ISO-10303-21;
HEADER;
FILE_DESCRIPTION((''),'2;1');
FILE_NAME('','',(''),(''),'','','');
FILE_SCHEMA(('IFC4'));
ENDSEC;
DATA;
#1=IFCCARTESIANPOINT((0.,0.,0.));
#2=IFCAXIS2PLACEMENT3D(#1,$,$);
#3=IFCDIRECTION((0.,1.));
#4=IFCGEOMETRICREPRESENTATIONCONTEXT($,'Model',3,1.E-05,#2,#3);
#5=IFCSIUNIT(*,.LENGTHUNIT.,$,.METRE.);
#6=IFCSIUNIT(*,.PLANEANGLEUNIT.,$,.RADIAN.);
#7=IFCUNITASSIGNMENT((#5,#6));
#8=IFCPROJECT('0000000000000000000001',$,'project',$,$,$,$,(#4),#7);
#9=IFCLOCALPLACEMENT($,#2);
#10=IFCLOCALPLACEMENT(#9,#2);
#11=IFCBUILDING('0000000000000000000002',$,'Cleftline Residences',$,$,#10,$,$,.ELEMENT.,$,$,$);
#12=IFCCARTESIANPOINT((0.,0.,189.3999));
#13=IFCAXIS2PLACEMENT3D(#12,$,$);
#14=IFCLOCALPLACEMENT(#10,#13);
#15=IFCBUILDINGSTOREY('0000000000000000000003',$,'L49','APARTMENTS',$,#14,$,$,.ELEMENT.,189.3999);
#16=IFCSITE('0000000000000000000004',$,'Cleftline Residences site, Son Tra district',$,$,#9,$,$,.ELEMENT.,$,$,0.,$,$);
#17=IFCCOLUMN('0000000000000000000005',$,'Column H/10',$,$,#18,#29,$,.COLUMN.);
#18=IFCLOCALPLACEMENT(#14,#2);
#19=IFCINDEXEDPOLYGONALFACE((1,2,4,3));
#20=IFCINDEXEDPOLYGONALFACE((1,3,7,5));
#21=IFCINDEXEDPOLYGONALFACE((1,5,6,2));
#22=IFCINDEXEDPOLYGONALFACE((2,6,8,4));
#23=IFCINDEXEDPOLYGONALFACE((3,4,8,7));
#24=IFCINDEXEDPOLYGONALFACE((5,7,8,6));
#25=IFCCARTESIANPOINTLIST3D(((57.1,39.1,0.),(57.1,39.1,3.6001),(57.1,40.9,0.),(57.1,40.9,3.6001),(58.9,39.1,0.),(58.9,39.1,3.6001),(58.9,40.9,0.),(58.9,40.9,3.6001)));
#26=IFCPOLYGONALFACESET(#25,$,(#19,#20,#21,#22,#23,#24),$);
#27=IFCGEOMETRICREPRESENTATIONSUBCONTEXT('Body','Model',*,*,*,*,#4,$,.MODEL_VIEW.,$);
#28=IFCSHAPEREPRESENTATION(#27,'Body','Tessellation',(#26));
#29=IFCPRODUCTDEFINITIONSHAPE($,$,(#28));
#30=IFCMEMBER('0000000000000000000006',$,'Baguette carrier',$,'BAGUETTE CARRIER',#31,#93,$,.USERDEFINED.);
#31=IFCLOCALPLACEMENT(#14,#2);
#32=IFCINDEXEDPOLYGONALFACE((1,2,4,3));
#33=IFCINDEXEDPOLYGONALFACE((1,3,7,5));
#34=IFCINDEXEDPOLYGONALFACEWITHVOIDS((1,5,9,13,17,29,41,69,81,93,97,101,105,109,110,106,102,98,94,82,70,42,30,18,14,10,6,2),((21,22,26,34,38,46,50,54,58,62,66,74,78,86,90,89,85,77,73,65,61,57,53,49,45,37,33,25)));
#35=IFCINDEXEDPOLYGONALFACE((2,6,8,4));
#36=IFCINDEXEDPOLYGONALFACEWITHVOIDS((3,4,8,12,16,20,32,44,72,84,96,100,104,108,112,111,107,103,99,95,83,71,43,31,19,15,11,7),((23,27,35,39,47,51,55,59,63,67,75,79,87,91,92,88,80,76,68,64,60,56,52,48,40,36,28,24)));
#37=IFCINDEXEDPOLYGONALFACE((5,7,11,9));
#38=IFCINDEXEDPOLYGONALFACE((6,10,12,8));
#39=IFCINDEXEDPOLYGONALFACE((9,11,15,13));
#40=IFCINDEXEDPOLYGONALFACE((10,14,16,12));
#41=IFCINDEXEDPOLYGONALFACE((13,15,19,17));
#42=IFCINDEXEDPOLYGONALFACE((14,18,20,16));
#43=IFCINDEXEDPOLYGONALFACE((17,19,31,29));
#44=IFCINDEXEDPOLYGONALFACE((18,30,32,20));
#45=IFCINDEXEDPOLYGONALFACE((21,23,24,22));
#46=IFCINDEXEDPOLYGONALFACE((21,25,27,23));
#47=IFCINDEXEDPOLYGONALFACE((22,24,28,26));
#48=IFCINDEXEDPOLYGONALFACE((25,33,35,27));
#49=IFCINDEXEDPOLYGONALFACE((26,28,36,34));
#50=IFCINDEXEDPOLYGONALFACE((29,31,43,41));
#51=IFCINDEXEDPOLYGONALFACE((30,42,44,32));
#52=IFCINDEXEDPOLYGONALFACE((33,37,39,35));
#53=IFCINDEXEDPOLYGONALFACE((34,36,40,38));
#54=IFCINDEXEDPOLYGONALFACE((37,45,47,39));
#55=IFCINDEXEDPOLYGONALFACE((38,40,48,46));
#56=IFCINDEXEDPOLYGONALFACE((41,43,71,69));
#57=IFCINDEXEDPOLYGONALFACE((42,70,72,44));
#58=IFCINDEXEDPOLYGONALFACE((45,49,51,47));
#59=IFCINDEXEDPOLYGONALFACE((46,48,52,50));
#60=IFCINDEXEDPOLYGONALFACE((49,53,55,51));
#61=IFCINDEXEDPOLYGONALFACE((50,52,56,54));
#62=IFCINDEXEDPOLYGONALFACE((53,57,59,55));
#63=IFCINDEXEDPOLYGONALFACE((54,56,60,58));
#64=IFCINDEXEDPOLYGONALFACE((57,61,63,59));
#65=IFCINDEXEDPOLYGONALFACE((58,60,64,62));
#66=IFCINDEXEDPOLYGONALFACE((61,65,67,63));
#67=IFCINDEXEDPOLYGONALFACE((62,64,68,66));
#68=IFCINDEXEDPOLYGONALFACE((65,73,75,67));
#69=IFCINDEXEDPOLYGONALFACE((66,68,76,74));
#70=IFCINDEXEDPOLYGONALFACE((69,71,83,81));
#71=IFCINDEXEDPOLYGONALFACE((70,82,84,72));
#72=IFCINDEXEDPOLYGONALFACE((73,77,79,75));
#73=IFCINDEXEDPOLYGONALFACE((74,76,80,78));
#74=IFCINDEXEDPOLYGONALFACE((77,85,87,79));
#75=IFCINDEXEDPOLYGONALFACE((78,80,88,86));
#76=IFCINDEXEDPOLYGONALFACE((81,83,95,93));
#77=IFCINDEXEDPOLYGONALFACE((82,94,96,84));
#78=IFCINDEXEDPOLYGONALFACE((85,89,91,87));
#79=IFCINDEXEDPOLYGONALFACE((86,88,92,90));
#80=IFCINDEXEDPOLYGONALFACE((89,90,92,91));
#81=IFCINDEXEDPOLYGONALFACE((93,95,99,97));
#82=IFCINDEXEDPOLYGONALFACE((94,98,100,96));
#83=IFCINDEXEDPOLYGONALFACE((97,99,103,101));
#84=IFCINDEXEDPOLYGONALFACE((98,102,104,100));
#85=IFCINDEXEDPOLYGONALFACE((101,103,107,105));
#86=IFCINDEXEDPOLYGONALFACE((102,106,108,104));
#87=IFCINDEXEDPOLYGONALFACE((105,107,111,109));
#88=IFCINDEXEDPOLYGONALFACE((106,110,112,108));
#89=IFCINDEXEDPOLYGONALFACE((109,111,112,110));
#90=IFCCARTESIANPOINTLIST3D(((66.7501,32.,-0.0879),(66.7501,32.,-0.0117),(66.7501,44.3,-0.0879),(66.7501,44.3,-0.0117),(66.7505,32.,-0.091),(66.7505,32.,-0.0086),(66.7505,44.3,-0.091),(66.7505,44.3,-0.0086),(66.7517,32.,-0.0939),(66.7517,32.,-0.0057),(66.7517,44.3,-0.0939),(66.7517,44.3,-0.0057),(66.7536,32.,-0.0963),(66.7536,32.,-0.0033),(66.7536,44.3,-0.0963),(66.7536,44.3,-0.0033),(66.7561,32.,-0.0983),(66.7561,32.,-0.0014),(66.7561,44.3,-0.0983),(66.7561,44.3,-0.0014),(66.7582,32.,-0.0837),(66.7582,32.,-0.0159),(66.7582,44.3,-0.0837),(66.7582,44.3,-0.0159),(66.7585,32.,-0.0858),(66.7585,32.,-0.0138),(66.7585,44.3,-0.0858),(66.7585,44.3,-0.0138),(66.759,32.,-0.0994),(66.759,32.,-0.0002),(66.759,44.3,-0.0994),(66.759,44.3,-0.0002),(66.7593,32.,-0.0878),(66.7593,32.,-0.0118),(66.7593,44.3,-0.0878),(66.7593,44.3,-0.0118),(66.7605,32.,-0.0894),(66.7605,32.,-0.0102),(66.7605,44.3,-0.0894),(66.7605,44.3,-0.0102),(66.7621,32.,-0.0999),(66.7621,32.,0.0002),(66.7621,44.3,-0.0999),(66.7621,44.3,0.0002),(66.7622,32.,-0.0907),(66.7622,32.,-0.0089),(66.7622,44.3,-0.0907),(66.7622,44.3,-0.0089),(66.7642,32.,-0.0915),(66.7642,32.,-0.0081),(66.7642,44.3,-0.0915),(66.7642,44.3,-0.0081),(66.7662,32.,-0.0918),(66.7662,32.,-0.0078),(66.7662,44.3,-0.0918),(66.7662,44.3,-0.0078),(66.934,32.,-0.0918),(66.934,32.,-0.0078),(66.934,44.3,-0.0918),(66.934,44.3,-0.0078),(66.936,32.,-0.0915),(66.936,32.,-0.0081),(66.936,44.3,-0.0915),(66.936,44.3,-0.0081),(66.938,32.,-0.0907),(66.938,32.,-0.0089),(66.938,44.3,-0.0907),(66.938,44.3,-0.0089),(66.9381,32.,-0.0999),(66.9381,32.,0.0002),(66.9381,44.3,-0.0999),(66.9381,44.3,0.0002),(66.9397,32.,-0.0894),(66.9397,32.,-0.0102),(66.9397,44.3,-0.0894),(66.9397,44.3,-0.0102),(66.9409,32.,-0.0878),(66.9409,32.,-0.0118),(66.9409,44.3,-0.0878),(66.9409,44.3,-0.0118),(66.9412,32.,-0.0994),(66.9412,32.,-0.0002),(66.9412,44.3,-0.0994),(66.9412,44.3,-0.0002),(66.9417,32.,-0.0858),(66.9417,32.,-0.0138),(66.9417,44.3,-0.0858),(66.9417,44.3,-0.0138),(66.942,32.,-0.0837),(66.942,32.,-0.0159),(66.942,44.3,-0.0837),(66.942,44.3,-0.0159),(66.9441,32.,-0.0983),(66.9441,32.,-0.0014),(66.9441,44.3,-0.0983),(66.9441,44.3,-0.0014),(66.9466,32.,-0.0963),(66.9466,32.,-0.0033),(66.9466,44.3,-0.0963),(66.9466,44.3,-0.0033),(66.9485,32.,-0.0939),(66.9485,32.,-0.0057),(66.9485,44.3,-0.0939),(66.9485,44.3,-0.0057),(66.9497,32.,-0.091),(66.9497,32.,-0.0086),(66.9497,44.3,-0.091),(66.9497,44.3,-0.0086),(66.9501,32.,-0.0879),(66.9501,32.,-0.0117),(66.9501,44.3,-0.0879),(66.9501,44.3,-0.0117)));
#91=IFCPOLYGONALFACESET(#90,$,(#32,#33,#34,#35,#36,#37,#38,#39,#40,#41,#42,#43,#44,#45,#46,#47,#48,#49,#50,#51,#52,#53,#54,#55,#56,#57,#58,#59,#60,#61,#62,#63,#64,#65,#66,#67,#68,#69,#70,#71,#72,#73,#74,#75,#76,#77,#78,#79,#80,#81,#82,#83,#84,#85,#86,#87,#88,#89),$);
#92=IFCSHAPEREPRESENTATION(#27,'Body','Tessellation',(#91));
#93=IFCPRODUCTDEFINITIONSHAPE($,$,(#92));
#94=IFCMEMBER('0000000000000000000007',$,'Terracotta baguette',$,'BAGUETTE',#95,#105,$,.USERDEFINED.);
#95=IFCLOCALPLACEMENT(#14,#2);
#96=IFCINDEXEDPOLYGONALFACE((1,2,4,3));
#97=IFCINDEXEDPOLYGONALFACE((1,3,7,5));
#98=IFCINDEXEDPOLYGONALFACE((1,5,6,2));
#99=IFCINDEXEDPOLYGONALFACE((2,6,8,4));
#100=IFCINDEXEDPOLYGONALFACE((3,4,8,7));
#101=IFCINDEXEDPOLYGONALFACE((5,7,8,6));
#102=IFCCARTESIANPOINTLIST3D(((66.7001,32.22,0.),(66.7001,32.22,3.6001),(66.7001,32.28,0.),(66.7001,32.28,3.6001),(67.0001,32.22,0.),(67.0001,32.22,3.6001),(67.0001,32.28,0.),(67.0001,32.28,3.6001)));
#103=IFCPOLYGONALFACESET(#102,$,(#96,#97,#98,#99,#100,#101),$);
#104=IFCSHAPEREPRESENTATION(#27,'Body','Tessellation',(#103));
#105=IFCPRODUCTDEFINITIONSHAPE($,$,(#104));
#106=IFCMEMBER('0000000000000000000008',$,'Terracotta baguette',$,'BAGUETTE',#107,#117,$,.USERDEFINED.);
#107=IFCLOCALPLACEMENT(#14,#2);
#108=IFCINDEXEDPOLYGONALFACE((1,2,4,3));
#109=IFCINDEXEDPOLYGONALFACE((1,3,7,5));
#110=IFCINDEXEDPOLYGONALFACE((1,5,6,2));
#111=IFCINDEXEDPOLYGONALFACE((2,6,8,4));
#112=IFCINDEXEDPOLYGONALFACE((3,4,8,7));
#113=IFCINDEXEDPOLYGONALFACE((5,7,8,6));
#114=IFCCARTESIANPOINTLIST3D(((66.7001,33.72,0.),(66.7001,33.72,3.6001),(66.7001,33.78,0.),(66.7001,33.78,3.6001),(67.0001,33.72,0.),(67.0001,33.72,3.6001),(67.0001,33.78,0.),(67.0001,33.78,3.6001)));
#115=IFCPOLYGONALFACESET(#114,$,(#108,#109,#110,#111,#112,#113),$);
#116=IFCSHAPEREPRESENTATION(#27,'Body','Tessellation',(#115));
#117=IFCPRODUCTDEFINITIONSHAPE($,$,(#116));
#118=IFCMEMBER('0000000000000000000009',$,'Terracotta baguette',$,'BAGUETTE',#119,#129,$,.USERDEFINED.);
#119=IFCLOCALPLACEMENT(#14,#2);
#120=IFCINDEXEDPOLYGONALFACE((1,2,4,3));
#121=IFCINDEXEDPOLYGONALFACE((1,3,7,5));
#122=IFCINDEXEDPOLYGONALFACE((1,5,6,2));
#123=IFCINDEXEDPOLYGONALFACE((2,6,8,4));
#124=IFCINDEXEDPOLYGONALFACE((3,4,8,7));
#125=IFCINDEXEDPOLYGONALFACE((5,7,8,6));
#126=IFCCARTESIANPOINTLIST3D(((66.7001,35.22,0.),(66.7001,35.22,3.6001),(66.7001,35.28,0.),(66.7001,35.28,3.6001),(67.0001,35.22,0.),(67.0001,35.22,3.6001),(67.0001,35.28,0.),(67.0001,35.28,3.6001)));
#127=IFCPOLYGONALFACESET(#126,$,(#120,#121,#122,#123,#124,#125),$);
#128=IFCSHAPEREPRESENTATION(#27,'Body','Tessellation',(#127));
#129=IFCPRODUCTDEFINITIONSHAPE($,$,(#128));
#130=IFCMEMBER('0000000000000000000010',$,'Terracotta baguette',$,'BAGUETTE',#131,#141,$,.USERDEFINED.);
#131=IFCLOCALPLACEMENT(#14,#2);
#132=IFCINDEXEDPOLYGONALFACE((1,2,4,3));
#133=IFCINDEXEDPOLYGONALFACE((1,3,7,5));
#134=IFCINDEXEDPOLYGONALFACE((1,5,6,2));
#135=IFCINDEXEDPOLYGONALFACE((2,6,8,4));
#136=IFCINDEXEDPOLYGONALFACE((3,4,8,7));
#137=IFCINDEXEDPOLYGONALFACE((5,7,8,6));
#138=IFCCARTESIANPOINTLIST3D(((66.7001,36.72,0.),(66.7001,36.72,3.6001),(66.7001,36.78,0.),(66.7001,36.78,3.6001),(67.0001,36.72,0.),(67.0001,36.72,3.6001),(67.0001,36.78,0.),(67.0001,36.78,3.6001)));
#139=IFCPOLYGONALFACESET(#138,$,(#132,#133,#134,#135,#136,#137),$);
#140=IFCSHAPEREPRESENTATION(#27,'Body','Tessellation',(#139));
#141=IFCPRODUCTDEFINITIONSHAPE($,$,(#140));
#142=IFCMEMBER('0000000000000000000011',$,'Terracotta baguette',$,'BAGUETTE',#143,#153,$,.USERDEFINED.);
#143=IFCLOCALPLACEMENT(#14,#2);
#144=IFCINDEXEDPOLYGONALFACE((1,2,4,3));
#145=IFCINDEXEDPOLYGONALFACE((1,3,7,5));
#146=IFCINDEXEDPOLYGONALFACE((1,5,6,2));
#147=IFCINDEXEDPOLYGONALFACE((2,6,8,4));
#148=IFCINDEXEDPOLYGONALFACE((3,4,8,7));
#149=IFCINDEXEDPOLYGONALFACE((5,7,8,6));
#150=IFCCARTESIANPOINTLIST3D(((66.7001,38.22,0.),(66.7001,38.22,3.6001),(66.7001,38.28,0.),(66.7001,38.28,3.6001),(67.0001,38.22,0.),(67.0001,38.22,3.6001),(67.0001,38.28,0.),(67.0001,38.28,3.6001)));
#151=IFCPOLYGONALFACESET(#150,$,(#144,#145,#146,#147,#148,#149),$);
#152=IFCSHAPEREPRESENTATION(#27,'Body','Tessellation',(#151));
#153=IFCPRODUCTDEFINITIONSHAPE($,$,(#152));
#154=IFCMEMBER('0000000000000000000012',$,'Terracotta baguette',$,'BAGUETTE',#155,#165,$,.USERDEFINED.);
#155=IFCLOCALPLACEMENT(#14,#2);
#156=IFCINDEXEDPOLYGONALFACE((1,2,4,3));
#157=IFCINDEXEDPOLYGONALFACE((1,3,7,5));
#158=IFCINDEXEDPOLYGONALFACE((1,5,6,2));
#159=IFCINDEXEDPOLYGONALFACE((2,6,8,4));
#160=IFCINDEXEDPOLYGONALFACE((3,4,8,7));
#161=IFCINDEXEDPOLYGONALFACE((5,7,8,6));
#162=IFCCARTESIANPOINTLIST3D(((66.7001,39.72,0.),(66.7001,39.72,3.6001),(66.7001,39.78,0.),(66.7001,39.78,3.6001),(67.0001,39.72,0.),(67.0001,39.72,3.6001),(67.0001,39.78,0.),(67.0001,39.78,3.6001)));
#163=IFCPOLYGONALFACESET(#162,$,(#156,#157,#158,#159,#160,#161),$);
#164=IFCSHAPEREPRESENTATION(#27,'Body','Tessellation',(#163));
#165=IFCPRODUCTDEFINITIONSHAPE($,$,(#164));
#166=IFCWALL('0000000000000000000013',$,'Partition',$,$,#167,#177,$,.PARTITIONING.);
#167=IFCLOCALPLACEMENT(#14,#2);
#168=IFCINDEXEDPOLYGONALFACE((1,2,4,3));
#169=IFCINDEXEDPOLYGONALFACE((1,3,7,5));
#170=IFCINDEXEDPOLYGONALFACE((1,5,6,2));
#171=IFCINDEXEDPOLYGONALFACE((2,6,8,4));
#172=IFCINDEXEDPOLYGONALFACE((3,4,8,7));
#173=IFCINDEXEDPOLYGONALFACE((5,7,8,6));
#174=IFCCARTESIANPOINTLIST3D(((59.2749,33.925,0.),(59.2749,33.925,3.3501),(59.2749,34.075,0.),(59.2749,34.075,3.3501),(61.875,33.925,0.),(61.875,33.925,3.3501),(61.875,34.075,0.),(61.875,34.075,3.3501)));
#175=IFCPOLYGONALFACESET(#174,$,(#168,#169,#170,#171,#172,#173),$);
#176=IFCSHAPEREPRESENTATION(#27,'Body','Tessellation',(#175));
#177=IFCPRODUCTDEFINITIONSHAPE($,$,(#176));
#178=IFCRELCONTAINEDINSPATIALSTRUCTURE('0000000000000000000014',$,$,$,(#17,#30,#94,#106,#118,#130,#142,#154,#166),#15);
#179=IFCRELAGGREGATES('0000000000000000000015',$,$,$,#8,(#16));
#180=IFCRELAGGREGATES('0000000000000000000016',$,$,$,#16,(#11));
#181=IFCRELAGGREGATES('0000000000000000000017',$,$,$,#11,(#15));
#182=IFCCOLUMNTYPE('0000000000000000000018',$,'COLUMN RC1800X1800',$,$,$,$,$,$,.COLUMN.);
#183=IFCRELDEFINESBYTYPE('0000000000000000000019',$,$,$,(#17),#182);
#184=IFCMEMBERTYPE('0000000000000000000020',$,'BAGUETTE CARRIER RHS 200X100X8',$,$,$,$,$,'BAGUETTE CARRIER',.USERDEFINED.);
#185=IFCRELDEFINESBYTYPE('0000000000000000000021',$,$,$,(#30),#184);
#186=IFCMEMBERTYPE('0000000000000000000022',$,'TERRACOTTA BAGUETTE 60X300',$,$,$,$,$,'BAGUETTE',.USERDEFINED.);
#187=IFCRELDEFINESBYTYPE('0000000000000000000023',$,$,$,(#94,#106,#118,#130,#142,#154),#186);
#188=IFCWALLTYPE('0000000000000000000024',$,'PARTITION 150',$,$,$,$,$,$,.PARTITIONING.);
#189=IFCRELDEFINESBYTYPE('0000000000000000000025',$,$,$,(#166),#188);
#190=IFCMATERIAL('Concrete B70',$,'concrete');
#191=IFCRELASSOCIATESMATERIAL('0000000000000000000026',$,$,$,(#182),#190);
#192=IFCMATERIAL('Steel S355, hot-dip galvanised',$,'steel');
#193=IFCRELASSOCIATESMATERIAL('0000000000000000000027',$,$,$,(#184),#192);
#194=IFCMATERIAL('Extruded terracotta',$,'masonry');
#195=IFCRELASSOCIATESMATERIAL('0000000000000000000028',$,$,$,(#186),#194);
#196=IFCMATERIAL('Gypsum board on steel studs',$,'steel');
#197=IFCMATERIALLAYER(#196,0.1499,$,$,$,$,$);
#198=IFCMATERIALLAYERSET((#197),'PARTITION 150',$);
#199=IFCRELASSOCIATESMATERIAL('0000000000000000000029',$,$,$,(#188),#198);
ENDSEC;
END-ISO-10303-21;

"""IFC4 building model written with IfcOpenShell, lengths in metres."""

from ifc_helpers import new_model, si_unit, direction, frame, frame_2d, origin, origin_2d, place, context, subcontext, project, spatial, rectangle, hollow_rectangle, extrude, material, layer, layer_set, material_profile, profile_set, type_object, element, save


model = new_model("IFC4")

# Units and contexts
model_context = context("Model", 3, precision=1e-05, world=origin(), true_north=direction((0.0, 1.0)))
body_context = subcontext(model_context, "Body", "Model", "MODEL_VIEW")
ifc_project = project(units=[si_unit("LENGTHUNIT", "METRE"), si_unit("PLANEANGLEUNIT", "RADIAN")], contexts=[model_context])

# Site, building, storey
site_placement = place(None, origin())
site = spatial("IfcSite", under=ifc_project, at=site_placement, Name="Cleftline Residences site, Son Tra district", CompositionType="ELEMENT", RefElevation=0.0)
building_placement = place(site_placement, origin())
building = spatial("IfcBuilding", under=site, at=building_placement, Name="Cleftline Residences", CompositionType="ELEMENT")
storey_placement = place(building_placement, frame((0.0, 0.0, 189.3999)))
storey = spatial("IfcBuildingStorey", under=building, at=storey_placement, Name="L49", Description="APARTMENTS", CompositionType="ELEMENT", Elevation=189.3999)

# Column
ifc_material_1 = material(Name="Concrete B70", Category="concrete")
ifc_material_profile_1 = material_profile(ifc_material_1, rectangle(XDim=1.8, YDim=1.8, at=origin_2d()))
ifc_profile_set_1 = profile_set([ifc_material_profile_1], Name="Concrete B70")
column_type = type_object("IfcColumnType", Name="COLUMN RC1800X1800", PredefinedType="COLUMN", material=ifc_profile_set_1)
column_placement = place(storey_placement, frame((58.0, 40.0, 0.0), z_axis=(0.0, 0.0, 1.0), x_axis=(1.0, 0.0, 0.0)))
element("IfcColumn", 1, at=column_placement, inside=storey, type_object=column_type, Name="Column H/10", PredefinedType="COLUMN", context=body_context, shape_type="SweptSolid", body=[
    extrude(rectangle(XDim=1.8, YDim=1.8, at=origin_2d()), origin(), (0.0, 0.0, 1.0), 3.6001),
])

# Members
ifc_material_2 = material(Name="Steel S355, hot-dip galvanised", Category="steel")
ifc_material_profile_2 = material_profile(ifc_material_2, hollow_rectangle(XDim=0.1001, YDim=0.2, WallThickness=0.0081, InnerFilletRadius=0.0081, OuterFilletRadius=0.012, at=origin_2d()))
ifc_profile_set_2 = profile_set([ifc_material_profile_2], Name="Steel S355, hot-dip galvanised")
member_type_1 = type_object("IfcMemberType", Name="BAGUETTE CARRIER RHS 200X100X8", ElementType="BAGUETTE CARRIER", PredefinedType="USERDEFINED", material=ifc_profile_set_2)
member_placement = place(storey_placement, frame((66.8501, 32.0, -0.0498), z_axis=(0.0, 1.0, 0.0), x_axis=(0.0, 0.0, 1.0)))
element("IfcMember", 2, at=member_placement, inside=storey, type_object=member_type_1, Name="Baguette carrier", ObjectType="BAGUETTE CARRIER", PredefinedType="USERDEFINED", context=body_context, shape_type="SweptSolid", body=[
    extrude(hollow_rectangle(XDim=0.1001, YDim=0.2, WallThickness=0.0081, InnerFilletRadius=0.0081, OuterFilletRadius=0.012, at=origin_2d()), origin(), (0.0, 0.0, 1.0), 12.3),
])
ifc_material_3 = material(Name="Extruded terracotta", Category="masonry")
ifc_material_profile_3 = material_profile(ifc_material_3, rectangle(XDim=0.0601, YDim=0.3, at=origin_2d()))
ifc_profile_set_3 = profile_set([ifc_material_profile_3], Name="Extruded terracotta")
member_type_2 = type_object("IfcMemberType", Name="TERRACOTTA BAGUETTE 60X300", ElementType="BAGUETTE", PredefinedType="USERDEFINED", material=ifc_profile_set_3)
for number, where, z_axis, x_axis, name in (
    (3, (66.8501, 32.25, 0.0), (0.0, 0.0, 1.0), (0.0, 1.0, 0.0), "Terracotta baguette"),
    (4, (66.8501, 33.75, 0.0), (0.0, 0.0, 1.0), (0.0, 1.0, 0.0), "Terracotta baguette"),
    (5, (66.8501, 35.25, 0.0), (0.0, 0.0, 1.0), (0.0, 1.0, 0.0), "Terracotta baguette"),
    (6, (66.8501, 36.75, 0.0), (0.0, 0.0, 1.0), (0.0, 1.0, 0.0), "Terracotta baguette"),
    (7, (66.8501, 38.25, 0.0), (0.0, 0.0, 1.0), (0.0, 1.0, 0.0), "Terracotta baguette"),
    (8, (66.8501, 39.75, 0.0), (0.0, 0.0, 1.0), (0.0, 1.0, 0.0), "Terracotta baguette"),
):
    element("IfcMember", number, at=place(storey_placement, frame(where, z_axis=z_axis, x_axis=x_axis)), inside=storey, type_object=member_type_2, Name=name, ObjectType="BAGUETTE", PredefinedType="USERDEFINED", context=body_context, shape_type="SweptSolid", body=[
        extrude(rectangle(XDim=0.0601, YDim=0.3, at=origin_2d()), origin(), (0.0, 0.0, 1.0), 3.6001),
    ])

# Wall
ifc_material_4 = material(Name="Gypsum board on steel studs", Category="steel")
ifc_layer = layer(ifc_material_4, 0.1499)
ifc_layer_set = layer_set([ifc_layer], Name="PARTITION 150")
wall_type = type_object("IfcWallType", Name="PARTITION 150", PredefinedType="PARTITIONING", material=ifc_layer_set)
wall_1_placement = place(storey_placement, frame((59.2749, 34.0, 0.0), z_axis=(0.0, 0.0, 1.0), x_axis=(1.0, 0.0, 0.0)))
element("IfcWall", 9, at=wall_1_placement, inside=storey, type_object=wall_type, Name="Partition", PredefinedType="PARTITIONING", context=body_context, shape_type="SweptSolid", body=[
    extrude(rectangle(XDim=2.6001, YDim=0.1499, at=frame_2d((1.3, 0.0))), origin(), (0.0, 0.0, 1.0), 3.3501),
])

save(model, "model.ifc")
